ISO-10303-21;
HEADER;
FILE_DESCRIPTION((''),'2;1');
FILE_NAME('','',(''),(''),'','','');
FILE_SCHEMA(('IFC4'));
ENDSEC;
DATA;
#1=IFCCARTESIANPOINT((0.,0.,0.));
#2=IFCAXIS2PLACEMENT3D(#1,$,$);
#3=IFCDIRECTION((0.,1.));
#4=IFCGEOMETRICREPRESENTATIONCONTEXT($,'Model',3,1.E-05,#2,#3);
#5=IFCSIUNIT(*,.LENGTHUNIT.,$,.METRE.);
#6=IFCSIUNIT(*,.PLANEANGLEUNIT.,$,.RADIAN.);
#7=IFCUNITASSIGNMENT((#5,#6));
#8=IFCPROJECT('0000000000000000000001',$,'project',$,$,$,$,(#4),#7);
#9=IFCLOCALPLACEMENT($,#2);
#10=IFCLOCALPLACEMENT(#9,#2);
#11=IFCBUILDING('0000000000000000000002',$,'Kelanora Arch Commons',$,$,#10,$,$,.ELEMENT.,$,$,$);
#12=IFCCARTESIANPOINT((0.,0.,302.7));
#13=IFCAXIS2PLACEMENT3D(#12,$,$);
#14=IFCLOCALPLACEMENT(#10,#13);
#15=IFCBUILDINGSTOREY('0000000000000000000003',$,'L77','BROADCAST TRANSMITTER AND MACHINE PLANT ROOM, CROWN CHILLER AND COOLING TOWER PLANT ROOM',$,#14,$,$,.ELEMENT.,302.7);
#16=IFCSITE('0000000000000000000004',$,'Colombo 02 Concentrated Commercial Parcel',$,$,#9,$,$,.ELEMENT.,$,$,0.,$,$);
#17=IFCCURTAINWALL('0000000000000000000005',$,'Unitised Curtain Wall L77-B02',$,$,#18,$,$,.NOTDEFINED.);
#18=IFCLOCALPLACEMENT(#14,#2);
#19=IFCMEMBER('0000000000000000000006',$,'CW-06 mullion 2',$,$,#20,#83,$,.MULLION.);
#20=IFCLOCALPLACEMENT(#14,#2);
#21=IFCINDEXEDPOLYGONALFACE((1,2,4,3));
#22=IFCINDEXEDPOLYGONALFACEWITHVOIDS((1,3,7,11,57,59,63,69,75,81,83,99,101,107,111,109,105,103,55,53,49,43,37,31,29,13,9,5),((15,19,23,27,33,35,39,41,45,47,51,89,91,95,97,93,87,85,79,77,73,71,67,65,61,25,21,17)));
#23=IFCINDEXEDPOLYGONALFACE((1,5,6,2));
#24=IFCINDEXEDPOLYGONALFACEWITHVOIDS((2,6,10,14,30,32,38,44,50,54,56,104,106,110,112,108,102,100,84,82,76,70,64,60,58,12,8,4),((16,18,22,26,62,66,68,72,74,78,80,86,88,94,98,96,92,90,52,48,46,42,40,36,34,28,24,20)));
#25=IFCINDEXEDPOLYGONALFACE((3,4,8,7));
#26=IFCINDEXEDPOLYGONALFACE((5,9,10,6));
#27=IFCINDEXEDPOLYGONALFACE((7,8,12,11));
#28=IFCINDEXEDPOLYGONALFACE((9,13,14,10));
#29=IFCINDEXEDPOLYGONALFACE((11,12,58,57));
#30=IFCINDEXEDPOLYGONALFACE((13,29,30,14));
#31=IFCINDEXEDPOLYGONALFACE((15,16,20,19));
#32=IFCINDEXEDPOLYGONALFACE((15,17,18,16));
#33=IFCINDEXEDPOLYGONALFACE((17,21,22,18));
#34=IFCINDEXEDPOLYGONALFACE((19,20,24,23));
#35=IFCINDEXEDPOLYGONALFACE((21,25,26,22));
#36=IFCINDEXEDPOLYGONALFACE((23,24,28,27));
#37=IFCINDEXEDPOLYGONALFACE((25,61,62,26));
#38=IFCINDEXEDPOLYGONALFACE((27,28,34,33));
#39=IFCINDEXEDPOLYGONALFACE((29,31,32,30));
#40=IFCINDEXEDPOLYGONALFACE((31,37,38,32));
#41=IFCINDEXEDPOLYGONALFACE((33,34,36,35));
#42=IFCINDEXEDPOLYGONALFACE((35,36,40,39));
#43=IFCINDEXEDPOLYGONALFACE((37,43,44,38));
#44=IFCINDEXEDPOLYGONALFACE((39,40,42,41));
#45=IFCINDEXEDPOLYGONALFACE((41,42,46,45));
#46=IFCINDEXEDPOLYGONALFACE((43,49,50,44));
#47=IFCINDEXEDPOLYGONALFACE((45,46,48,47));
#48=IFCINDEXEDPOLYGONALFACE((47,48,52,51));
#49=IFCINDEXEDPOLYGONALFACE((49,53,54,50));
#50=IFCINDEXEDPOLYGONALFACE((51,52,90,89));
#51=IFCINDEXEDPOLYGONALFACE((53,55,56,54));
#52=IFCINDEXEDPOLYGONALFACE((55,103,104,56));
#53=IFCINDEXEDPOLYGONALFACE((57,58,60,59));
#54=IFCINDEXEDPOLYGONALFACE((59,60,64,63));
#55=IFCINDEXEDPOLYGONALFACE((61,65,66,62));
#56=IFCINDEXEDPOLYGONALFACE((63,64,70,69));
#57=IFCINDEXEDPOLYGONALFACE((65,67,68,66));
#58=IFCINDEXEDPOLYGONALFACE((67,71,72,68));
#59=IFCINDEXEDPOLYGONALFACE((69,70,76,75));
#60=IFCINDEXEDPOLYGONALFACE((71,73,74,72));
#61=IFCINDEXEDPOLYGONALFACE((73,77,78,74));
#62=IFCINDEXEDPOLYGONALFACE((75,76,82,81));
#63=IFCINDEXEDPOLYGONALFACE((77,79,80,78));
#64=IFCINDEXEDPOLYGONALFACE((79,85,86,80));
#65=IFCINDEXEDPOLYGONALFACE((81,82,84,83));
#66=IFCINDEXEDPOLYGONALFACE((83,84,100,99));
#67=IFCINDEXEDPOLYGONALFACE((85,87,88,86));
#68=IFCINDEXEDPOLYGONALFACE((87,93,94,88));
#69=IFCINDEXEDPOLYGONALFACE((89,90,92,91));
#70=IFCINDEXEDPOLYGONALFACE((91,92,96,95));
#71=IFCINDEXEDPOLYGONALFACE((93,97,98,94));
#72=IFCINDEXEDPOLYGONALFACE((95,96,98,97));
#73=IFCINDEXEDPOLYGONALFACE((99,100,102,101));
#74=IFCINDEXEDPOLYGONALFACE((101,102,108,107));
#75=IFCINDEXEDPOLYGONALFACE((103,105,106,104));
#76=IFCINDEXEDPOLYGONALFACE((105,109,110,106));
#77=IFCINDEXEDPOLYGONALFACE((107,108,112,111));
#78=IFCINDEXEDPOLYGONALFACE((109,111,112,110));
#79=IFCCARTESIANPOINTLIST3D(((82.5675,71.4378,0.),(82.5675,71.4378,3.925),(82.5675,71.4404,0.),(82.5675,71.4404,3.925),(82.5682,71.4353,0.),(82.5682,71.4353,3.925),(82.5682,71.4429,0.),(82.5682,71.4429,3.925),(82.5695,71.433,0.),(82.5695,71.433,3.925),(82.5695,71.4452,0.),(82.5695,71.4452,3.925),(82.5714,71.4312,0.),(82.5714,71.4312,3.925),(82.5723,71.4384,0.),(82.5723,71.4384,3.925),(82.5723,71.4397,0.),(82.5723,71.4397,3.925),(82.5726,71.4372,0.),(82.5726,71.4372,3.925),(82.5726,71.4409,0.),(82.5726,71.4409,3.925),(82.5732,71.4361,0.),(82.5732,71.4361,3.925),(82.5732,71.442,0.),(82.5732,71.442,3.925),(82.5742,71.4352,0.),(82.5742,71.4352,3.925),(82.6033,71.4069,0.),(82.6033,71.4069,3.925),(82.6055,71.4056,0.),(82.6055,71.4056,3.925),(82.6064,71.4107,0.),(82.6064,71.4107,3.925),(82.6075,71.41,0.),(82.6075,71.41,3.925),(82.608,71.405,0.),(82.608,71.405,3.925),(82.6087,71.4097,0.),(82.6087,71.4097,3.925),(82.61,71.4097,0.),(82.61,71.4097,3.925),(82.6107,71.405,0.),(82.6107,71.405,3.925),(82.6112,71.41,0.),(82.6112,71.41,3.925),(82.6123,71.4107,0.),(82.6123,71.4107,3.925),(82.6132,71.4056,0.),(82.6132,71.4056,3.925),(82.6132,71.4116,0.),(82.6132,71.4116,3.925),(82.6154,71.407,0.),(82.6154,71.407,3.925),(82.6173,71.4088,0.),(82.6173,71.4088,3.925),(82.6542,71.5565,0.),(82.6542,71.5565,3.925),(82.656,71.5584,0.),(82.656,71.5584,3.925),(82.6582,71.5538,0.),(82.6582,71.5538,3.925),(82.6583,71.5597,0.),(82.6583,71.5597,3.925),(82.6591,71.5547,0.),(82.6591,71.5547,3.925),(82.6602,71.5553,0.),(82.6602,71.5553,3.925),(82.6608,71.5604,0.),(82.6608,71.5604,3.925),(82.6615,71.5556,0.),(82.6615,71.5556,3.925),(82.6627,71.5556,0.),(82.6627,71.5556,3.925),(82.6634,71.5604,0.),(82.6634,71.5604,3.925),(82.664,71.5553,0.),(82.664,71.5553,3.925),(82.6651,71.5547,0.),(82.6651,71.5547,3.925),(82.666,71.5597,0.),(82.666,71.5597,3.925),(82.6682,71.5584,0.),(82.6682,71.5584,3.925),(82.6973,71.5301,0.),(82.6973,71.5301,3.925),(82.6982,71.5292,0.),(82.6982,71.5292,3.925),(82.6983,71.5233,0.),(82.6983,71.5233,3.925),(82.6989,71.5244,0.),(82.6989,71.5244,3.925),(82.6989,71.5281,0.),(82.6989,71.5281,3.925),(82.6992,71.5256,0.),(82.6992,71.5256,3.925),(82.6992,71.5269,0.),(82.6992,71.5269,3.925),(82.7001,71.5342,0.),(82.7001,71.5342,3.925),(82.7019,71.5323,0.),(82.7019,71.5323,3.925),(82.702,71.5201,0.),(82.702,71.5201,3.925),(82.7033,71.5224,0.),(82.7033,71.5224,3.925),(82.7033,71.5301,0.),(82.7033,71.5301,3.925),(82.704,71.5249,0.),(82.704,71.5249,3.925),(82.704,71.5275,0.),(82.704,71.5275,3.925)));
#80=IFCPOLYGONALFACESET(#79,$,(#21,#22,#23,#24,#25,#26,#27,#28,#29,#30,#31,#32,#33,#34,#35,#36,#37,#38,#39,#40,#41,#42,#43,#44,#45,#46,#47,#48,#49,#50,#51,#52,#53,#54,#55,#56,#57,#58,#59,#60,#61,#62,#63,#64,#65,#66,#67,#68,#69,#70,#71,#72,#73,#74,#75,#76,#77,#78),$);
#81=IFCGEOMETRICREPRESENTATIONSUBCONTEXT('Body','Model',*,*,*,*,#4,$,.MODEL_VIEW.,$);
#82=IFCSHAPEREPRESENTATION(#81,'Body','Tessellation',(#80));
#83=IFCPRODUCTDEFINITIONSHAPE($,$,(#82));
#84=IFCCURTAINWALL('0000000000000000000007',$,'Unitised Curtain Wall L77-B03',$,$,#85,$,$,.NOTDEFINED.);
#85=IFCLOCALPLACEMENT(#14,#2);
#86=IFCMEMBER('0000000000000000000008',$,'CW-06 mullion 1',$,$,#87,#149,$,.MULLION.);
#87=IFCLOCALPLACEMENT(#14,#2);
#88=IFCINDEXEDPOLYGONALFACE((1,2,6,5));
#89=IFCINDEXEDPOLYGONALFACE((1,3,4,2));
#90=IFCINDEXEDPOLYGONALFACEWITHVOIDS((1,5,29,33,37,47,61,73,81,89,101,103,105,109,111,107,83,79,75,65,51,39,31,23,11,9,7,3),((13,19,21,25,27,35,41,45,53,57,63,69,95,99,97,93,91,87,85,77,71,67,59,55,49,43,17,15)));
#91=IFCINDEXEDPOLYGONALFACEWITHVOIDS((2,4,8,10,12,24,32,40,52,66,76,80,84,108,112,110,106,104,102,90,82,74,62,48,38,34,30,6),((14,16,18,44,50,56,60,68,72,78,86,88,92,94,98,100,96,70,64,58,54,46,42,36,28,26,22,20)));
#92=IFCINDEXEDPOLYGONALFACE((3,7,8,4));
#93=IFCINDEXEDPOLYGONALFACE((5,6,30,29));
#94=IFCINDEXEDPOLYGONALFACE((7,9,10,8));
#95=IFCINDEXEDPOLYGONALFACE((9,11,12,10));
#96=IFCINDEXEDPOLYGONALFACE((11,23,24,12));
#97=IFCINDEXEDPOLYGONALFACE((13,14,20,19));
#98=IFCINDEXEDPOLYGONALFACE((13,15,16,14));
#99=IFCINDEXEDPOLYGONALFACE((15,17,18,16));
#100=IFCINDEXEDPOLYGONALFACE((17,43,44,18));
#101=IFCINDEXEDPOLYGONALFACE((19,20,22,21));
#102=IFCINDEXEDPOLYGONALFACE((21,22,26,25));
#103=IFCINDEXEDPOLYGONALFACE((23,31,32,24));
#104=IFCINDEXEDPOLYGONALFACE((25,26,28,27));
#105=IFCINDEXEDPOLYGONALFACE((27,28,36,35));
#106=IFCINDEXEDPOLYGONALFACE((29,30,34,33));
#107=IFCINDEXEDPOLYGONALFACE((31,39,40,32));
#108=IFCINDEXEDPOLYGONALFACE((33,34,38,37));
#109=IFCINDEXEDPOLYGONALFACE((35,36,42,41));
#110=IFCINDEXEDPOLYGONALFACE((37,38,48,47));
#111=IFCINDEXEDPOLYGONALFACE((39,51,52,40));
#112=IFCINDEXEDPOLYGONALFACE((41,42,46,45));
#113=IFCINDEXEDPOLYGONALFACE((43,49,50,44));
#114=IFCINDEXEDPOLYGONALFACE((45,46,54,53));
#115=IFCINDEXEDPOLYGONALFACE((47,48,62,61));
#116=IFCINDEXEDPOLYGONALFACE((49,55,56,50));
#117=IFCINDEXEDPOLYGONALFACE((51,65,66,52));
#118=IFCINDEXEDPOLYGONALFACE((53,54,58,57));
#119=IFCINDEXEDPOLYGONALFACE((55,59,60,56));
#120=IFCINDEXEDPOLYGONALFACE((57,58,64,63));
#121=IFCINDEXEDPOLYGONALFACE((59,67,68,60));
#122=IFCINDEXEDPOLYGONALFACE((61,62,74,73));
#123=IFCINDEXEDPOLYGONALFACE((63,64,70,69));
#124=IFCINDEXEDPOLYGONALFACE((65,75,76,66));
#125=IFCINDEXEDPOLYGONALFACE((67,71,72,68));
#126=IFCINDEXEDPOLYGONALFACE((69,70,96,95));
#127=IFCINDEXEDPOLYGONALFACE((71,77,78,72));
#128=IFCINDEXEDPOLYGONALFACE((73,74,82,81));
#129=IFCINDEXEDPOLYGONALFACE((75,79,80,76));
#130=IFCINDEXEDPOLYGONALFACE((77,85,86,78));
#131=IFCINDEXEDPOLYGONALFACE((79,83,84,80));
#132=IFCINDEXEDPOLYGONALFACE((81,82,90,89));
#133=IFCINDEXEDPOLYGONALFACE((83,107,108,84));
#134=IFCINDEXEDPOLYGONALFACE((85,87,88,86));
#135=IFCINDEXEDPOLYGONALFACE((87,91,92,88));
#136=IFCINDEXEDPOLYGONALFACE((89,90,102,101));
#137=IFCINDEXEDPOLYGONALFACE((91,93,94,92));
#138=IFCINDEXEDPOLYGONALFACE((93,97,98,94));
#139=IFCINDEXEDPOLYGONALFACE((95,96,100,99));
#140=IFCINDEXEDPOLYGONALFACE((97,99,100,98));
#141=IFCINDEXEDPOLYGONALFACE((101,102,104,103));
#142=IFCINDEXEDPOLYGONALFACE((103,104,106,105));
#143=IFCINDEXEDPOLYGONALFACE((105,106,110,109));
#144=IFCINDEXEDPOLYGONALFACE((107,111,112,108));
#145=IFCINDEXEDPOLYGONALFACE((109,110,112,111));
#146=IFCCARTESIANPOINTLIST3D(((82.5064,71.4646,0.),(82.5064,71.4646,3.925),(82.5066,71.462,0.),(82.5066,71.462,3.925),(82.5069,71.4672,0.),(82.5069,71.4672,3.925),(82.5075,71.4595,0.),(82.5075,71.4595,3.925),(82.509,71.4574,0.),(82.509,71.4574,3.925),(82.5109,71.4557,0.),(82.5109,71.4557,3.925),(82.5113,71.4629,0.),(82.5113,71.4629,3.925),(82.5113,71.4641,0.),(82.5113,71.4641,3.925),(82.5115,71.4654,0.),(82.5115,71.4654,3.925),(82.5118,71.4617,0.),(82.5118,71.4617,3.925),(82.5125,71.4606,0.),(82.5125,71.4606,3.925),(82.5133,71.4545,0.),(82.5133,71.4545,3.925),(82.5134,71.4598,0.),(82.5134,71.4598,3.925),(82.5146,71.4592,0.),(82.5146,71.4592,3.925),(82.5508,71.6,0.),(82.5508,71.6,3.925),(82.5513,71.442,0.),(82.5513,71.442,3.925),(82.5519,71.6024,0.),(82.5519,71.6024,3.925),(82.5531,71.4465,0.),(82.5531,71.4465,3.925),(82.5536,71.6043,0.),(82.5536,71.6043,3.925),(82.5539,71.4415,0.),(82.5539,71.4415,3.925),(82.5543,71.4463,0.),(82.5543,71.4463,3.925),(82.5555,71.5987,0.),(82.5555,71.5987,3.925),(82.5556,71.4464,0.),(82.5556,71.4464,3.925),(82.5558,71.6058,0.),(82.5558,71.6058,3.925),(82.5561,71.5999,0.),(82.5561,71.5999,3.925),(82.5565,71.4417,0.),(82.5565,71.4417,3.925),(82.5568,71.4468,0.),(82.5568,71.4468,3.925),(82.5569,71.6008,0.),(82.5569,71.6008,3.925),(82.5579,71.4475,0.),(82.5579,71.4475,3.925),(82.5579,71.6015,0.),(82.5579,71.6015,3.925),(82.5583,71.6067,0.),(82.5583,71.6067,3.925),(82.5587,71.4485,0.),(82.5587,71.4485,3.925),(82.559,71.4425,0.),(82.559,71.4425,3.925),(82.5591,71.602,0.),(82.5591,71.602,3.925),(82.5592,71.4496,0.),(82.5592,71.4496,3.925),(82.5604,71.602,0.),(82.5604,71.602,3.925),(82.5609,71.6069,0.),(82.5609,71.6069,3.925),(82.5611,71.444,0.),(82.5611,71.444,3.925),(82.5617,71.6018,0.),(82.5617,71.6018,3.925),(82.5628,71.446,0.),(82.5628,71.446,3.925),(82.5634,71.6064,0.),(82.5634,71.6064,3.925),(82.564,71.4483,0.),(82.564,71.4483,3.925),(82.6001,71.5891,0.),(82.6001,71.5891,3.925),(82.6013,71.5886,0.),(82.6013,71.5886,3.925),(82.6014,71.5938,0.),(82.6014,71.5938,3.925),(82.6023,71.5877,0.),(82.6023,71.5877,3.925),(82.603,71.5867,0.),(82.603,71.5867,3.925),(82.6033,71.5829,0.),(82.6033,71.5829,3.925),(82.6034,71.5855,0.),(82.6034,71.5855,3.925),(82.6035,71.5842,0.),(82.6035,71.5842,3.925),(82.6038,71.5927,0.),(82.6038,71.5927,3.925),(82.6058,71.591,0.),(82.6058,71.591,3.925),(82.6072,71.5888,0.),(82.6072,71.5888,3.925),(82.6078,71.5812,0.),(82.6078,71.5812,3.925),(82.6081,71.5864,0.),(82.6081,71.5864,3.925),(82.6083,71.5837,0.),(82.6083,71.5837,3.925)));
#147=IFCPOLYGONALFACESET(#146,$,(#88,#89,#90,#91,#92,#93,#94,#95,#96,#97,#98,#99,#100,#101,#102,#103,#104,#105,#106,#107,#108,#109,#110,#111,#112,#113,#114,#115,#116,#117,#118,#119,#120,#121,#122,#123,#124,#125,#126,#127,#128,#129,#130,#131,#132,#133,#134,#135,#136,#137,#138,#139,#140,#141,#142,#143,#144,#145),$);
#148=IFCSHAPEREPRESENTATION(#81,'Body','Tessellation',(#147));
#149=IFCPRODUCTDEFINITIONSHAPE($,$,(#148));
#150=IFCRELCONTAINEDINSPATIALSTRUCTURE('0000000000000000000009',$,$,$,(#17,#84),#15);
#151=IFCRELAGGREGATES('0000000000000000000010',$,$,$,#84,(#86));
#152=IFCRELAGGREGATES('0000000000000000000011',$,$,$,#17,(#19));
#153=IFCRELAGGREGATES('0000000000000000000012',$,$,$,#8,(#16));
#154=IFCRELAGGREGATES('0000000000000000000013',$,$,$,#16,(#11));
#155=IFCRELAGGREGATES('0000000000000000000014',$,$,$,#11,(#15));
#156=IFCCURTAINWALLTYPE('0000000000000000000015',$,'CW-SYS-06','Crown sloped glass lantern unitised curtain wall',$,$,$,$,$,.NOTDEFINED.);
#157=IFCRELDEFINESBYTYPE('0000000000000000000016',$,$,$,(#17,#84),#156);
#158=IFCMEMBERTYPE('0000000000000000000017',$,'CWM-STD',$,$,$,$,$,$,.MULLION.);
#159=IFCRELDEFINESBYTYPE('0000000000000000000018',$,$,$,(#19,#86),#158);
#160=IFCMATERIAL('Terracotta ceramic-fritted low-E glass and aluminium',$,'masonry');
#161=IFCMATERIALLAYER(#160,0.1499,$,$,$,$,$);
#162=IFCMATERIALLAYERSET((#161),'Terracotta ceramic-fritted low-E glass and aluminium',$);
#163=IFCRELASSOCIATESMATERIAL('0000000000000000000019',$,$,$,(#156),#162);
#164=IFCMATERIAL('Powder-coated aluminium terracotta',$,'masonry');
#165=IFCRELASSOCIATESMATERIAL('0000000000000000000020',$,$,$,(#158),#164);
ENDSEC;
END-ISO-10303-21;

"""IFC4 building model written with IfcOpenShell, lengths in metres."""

from ifc_helpers import new_model, si_unit, direction, frame, origin, origin_2d, place, context, subcontext, project, spatial, hollow_rectangle, extrude, material, layer, layer_set, material_profile, profile_set, type_object, element, aggregate, save


model = new_model("IFC4")

# Units and contexts
model_context = context("Model", 3, precision=1e-05, world=origin(), true_north=direction((0.0, 1.0)))
body_context = subcontext(model_context, "Body", "Model", "MODEL_VIEW")
ifc_project = project(units=[si_unit("LENGTHUNIT", "METRE"), si_unit("PLANEANGLEUNIT", "RADIAN")], contexts=[model_context])

# Site, building, storey
site_placement = place(None, origin())
site = spatial("IfcSite", under=ifc_project, at=site_placement, Name="Colombo 02 Concentrated Commercial Parcel", CompositionType="ELEMENT", RefElevation=0.0)
building_placement = place(site_placement, origin())
building = spatial("IfcBuilding", under=site, at=building_placement, Name="Kelanora Arch Commons", CompositionType="ELEMENT")
storey_placement = place(building_placement, frame((0.0, 0.0, 302.7)))
storey = spatial("IfcBuildingStorey", under=building, at=storey_placement, Name="L77", Description="BROADCAST TRANSMITTER AND MACHINE PLANT ROOM, CROWN CHILLER AND COOLING TOWER PLANT ROOM", CompositionType="ELEMENT", Elevation=302.7)

# Shared definitions
ifc_material_1 = material(Name="Terracotta ceramic-fritted low-E glass and aluminium", Category="masonry")
ifc_layer_1 = layer(ifc_material_1, 0.1499)
ifc_layer_set_1 = layer_set([ifc_layer_1], Name="Terracotta ceramic-fritted low-E glass and aluminium")
curtain_wall_type = type_object("IfcCurtainWallType", Name="CW-SYS-06", Description="Crown sloped glass lantern unitised curtain wall", PredefinedType="NOTDEFINED", material=ifc_layer_set_1)
ifc_material_2 = material(Name="Powder-coated aluminium terracotta", Category="masonry")
ifc_material_profile_1 = material_profile(ifc_material_2, hollow_rectangle(XDim=0.1599, YDim=0.0601, WallThickness=0.0049, InnerFilletRadius=0.0049, OuterFilletRadius=0.01, at=origin_2d()), Name="CWM160x60")
ifc_profile_set_1 = profile_set([ifc_material_profile_1], Name="Powder-coated aluminium terracotta")
member_type_1 = type_object("IfcMemberType", Name="CWM-STD", PredefinedType="MULLION", material=ifc_profile_set_1)

# Curtain wall, member
curtain_wall_1_placement = place(storey_placement, origin())
curtain_wall_1 = element("IfcCurtainWall", 1, at=curtain_wall_1_placement, inside=storey, type_object=curtain_wall_type, Name="Unitised Curtain Wall L77-B02", PredefinedType="NOTDEFINED")
member_1_placement = place(storey_placement, frame((82.6357, 71.4827, 0.0), z_axis=(0.0, 0.0, 1.0), x_axis=(-0.605596, -0.795772, 0.0)))
member_1 = element("IfcMember", 2, at=member_1_placement, type_object=member_type_1, Name="CW-06 mullion 2", PredefinedType="MULLION", context=body_context, shape_type="SweptSolid", body=[
    extrude(hollow_rectangle(XDim=0.1599, YDim=0.0601, WallThickness=0.0049, InnerFilletRadius=0.0049, OuterFilletRadius=0.01, at=origin_2d()), origin(), (0.0, 0.0, 1.0), 3.925),
])

# Curtain wall, member
curtain_wall_2_placement = place(storey_placement, origin())
curtain_wall_2 = element("IfcCurtainWall", 3, at=curtain_wall_2_placement, inside=storey, type_object=curtain_wall_type, Name="Unitised Curtain Wall L77-B03", PredefinedType="NOTDEFINED")
member_2_placement = place(storey_placement, frame((82.5574, 71.5242, 0.0), z_axis=(0.0, 0.0, 1.0), x_axis=(-0.313467, -0.949599, 0.0)))
member_2 = element("IfcMember", 4, at=member_2_placement, type_object=member_type_1, Name="CW-06 mullion 1", PredefinedType="MULLION", context=body_context, shape_type="SweptSolid", body=[
    extrude(hollow_rectangle(XDim=0.1599, YDim=0.0601, WallThickness=0.0049, InnerFilletRadius=0.0049, OuterFilletRadius=0.01, at=origin_2d()), origin(), (0.0, 0.0, 1.0), 3.925),
])

aggregate(curtain_wall_2, [member_2])

aggregate(curtain_wall_1, [member_1])

save(model, "model.ifc")
